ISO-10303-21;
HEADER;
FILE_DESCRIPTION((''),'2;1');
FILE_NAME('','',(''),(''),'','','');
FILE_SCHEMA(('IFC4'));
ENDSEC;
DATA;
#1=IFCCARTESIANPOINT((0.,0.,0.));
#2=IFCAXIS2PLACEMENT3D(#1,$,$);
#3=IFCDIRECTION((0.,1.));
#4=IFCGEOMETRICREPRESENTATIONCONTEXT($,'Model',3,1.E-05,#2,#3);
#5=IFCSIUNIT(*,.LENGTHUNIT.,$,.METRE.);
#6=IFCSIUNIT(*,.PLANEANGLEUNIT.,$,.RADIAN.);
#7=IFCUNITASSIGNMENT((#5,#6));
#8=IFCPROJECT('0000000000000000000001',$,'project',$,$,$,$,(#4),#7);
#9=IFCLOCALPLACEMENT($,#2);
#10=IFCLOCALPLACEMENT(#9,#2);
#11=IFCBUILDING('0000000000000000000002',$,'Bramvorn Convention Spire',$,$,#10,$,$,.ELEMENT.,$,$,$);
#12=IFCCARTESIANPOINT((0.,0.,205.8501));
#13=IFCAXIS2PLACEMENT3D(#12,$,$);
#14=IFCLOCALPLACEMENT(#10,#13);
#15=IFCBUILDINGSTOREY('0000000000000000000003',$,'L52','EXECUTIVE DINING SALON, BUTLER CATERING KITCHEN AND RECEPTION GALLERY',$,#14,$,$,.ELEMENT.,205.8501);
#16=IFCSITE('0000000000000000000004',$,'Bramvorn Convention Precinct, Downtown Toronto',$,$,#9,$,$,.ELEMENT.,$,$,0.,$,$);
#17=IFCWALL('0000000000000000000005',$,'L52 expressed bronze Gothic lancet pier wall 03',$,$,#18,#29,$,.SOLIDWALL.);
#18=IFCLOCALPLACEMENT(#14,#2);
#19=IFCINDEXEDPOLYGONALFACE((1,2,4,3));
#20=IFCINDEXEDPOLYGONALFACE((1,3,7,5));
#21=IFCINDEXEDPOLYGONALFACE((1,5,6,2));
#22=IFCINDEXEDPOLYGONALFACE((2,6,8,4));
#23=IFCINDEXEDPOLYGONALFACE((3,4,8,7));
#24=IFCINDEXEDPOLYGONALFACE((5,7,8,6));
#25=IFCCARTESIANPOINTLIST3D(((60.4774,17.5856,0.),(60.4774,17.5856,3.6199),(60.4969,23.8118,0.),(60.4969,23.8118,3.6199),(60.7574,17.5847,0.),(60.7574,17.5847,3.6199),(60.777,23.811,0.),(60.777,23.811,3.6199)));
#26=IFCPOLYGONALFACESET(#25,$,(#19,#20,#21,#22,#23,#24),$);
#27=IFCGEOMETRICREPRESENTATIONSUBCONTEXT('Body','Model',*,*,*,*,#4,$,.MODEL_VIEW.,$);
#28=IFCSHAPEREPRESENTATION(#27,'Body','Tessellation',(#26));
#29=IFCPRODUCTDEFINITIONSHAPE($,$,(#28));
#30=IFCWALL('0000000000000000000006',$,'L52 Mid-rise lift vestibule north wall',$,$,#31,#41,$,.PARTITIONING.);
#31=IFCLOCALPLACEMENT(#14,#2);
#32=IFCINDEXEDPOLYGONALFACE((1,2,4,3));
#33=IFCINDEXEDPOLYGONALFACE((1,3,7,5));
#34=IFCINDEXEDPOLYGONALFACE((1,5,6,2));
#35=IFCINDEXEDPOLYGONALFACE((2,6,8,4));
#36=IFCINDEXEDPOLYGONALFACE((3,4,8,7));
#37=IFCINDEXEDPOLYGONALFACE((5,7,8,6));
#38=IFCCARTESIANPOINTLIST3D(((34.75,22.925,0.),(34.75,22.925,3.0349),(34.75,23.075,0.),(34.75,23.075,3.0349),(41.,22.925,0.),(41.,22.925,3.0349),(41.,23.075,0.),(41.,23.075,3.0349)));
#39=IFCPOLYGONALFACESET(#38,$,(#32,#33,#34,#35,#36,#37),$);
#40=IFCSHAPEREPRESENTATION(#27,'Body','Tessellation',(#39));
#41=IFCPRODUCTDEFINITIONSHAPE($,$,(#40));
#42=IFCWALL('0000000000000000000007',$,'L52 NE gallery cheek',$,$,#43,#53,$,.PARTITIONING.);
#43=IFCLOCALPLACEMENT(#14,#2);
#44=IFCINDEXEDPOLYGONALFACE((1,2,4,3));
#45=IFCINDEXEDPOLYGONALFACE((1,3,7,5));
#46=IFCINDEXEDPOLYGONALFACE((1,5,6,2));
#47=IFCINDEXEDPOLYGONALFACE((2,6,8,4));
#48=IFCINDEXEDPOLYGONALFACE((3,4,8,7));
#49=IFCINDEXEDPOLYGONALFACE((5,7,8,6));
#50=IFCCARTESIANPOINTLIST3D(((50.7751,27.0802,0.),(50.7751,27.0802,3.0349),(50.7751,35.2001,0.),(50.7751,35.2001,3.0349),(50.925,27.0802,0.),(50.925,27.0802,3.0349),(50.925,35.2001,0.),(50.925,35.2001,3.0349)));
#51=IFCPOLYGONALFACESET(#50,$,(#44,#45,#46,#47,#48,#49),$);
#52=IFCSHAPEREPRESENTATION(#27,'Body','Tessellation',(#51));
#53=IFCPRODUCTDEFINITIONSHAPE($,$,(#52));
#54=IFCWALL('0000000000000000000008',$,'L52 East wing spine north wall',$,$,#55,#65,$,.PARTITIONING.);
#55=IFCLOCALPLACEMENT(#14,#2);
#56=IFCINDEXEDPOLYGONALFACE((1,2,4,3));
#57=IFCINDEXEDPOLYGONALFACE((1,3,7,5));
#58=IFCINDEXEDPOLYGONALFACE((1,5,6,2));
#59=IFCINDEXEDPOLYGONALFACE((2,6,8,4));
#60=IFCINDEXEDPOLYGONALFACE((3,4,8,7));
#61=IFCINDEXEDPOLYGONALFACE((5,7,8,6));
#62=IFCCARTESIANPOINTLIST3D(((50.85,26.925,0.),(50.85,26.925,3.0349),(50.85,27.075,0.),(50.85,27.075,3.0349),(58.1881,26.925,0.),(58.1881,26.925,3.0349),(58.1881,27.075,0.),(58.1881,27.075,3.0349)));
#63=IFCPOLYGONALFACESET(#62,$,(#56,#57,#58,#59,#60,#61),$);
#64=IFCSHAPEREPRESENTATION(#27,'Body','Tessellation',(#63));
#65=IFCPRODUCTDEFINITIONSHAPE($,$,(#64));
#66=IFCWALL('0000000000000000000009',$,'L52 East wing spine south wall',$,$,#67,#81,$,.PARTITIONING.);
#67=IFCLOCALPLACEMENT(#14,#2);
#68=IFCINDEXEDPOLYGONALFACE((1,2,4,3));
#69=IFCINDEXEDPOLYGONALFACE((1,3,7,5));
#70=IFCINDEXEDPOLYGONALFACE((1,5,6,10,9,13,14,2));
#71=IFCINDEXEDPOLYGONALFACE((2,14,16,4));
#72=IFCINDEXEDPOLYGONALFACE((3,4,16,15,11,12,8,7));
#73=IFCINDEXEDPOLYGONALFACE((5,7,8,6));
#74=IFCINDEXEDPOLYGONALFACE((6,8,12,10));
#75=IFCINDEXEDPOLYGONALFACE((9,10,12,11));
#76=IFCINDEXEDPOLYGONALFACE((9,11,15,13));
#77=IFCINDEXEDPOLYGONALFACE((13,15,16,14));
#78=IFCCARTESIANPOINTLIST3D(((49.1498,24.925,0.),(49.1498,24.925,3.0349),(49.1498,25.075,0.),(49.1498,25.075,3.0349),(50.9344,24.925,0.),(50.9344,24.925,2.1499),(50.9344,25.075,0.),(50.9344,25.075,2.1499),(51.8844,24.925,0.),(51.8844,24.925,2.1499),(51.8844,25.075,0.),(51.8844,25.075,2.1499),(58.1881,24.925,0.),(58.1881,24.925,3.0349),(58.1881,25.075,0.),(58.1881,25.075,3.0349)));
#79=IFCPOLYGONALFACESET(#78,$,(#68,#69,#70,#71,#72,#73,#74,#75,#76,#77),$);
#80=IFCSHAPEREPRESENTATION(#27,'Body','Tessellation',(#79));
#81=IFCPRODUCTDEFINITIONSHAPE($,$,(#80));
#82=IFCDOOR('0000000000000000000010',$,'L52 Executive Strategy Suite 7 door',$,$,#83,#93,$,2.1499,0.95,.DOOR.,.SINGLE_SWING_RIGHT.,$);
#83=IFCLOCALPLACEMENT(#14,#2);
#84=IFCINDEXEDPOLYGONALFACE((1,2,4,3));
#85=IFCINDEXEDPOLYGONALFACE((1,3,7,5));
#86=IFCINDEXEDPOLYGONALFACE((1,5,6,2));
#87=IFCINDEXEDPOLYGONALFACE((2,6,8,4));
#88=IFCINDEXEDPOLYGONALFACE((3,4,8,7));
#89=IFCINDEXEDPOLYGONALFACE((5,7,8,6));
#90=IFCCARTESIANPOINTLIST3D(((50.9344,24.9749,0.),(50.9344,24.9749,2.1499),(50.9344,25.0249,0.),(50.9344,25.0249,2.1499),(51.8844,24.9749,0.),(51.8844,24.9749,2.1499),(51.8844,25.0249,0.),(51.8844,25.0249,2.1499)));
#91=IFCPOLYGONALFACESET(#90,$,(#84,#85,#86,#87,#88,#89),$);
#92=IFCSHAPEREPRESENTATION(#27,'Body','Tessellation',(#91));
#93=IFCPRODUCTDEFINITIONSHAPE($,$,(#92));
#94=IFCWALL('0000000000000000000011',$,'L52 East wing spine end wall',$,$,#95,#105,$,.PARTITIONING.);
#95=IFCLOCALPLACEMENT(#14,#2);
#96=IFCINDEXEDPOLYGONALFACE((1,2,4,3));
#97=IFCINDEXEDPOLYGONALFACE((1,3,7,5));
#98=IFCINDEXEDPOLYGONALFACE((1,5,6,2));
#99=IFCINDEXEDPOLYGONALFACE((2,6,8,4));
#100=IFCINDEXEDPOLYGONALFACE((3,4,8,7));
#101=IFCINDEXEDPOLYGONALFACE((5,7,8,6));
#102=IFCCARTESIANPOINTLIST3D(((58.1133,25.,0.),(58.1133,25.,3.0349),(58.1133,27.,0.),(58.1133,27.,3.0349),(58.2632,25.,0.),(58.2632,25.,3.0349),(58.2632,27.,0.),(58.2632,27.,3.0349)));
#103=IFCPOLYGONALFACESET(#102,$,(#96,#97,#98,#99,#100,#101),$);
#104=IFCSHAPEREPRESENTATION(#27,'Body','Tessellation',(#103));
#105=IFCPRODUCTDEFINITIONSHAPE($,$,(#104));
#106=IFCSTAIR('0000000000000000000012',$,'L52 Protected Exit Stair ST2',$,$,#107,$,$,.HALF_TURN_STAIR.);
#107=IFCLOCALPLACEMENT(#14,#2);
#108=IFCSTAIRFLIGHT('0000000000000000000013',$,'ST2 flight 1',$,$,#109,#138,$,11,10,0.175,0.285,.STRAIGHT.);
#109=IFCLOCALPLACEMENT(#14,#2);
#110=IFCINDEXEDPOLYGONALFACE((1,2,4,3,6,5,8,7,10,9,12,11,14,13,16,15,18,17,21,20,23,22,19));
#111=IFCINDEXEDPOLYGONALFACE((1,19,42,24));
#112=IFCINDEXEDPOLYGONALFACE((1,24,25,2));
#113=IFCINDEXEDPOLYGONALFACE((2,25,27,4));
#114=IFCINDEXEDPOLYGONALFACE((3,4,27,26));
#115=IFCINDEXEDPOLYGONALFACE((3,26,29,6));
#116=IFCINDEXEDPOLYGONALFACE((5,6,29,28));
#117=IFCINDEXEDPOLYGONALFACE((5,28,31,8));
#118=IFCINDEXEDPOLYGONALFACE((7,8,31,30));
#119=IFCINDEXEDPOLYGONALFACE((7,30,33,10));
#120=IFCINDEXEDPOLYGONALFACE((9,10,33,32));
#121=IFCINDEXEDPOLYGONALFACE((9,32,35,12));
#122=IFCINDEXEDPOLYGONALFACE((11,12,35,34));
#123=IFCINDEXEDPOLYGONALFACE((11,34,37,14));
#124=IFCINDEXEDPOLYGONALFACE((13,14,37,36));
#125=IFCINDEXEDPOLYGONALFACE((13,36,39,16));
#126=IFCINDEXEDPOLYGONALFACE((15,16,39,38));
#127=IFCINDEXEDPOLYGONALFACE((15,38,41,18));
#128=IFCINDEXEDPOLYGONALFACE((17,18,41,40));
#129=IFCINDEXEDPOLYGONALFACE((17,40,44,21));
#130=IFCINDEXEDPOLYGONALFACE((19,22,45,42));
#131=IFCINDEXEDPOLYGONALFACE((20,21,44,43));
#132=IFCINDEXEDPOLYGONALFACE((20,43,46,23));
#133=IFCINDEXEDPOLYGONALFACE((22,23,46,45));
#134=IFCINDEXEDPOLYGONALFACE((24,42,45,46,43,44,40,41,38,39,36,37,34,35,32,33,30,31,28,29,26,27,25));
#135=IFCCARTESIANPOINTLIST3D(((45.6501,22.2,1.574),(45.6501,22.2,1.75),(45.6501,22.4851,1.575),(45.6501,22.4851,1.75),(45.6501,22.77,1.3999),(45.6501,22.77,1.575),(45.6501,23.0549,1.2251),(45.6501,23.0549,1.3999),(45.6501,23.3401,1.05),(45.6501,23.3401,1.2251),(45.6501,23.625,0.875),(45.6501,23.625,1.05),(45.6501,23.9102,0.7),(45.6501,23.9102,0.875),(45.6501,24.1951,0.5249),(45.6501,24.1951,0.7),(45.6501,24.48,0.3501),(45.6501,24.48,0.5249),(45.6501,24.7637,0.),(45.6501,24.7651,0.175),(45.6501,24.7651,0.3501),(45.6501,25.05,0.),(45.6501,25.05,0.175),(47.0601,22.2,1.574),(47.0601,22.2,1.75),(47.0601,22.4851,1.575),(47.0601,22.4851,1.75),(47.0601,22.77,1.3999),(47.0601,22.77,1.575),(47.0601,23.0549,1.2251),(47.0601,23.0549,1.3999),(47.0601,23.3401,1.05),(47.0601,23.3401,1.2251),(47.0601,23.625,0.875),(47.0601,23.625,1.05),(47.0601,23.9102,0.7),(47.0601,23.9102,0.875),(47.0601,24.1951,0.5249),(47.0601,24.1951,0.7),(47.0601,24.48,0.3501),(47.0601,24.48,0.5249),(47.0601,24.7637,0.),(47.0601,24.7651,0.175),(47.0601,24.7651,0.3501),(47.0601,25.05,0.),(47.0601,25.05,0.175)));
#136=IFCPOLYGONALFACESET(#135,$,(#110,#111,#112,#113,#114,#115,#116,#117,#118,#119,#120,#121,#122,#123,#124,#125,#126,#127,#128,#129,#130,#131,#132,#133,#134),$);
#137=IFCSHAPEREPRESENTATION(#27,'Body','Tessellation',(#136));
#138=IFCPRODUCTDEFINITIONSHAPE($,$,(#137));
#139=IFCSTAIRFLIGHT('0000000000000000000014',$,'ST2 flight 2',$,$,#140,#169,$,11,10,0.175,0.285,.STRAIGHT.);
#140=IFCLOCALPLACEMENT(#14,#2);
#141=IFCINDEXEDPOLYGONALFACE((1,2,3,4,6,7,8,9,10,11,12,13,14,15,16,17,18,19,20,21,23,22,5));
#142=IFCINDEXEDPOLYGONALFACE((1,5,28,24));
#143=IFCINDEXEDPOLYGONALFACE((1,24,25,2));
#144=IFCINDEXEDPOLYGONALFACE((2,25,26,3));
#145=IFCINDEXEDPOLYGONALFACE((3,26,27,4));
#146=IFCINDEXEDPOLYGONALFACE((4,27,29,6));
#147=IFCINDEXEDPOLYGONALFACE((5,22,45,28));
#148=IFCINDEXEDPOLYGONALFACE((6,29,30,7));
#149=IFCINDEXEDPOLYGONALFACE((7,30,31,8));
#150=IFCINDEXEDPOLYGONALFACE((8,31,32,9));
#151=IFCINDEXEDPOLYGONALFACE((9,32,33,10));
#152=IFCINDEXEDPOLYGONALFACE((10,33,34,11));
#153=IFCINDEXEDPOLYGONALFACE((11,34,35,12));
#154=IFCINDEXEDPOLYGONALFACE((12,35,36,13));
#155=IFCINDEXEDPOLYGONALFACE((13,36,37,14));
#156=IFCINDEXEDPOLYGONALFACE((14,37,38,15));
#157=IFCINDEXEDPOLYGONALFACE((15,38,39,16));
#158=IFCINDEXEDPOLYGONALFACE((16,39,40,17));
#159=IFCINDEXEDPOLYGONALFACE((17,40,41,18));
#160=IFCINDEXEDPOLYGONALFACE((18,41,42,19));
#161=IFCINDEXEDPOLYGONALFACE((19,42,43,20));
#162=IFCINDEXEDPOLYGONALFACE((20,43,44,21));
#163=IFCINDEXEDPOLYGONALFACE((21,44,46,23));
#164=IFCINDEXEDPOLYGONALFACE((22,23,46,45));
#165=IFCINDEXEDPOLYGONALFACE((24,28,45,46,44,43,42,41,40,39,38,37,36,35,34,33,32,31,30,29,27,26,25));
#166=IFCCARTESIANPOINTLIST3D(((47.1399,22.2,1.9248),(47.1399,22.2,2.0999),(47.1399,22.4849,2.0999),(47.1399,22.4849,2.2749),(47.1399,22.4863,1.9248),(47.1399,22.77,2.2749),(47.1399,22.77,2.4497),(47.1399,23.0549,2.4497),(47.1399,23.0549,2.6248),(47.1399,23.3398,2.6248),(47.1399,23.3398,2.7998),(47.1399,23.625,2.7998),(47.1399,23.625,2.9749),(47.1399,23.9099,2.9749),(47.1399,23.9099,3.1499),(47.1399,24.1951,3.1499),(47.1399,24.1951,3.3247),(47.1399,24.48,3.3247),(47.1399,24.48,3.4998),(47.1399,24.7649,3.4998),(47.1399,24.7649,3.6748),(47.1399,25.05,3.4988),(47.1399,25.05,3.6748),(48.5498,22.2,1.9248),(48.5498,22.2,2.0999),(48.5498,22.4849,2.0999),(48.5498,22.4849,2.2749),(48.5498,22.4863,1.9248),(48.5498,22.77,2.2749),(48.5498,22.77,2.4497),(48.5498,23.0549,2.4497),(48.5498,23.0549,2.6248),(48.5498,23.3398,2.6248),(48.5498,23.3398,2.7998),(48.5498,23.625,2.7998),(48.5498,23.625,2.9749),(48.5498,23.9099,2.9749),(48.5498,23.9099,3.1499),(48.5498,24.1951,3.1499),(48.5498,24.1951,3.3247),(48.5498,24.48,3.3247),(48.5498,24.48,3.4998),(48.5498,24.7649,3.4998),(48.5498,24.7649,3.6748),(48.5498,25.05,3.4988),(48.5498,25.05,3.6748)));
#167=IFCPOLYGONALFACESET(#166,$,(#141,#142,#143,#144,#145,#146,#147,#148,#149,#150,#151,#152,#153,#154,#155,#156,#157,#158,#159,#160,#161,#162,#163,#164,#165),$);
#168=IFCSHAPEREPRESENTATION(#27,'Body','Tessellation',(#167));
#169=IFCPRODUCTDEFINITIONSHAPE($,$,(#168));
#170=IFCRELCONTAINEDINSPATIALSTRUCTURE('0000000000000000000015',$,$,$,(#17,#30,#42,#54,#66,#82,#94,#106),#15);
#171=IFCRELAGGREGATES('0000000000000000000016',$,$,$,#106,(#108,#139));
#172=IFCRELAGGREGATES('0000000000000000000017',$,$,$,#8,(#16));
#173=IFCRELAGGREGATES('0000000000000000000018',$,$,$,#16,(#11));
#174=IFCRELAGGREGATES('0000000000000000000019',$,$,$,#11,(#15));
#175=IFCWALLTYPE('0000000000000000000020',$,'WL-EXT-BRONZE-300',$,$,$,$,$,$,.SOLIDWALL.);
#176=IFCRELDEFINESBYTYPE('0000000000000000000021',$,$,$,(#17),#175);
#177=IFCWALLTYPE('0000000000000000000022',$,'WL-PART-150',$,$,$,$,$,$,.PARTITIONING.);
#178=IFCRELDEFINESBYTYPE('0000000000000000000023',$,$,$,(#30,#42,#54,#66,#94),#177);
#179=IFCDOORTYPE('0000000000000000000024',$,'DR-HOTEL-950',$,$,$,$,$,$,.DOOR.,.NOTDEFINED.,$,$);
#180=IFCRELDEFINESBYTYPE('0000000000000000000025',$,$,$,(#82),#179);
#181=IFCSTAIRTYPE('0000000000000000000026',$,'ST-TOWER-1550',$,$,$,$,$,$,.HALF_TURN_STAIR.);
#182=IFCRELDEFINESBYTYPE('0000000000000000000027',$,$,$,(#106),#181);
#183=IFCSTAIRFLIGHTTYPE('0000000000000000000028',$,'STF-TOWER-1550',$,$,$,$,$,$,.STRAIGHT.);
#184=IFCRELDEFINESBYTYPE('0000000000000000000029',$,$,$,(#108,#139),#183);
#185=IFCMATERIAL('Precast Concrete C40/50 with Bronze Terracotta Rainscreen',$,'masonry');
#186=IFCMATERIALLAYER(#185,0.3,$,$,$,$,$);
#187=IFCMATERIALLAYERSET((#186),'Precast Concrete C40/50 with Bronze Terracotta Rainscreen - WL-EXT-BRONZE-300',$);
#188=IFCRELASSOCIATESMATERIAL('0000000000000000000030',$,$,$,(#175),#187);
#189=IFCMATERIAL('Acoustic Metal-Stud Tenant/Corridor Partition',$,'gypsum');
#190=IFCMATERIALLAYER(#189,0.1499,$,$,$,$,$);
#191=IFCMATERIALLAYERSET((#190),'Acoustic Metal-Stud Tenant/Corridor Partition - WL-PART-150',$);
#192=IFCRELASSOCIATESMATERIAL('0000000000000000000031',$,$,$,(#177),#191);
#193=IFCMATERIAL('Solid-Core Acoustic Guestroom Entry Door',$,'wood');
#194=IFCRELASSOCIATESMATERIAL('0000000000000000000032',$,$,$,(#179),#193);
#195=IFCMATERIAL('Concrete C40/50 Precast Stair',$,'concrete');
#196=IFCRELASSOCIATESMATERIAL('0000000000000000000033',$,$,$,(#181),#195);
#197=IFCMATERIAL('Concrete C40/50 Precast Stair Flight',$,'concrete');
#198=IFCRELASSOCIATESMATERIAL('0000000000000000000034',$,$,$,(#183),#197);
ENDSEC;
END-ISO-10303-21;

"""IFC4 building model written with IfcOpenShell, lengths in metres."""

from ifc_helpers import new_model, si_unit, direction, frame, frame_2d, origin, place, context, subcontext, project, spatial, polyline, rectangle, outline, extrude, material, layer, layer_set, type_object, element, fill, aggregate, save


model = new_model("IFC4")

# Units and contexts
model_context = context("Model", 3, precision=1e-05, world=origin(), true_north=direction((0.0, 1.0)))
body_context = subcontext(model_context, "Body", "Model", "MODEL_VIEW")
ifc_project = project(units=[si_unit("LENGTHUNIT", "METRE"), si_unit("PLANEANGLEUNIT", "RADIAN")], contexts=[model_context])

# Site, building, storey
site_placement = place(None, origin())
site = spatial("IfcSite", under=ifc_project, at=site_placement, Name="Bramvorn Convention Precinct, Downtown Toronto", CompositionType="ELEMENT", RefElevation=0.0)
building_placement = place(site_placement, origin())
building = spatial("IfcBuilding", under=site, at=building_placement, Name="Bramvorn Convention Spire", CompositionType="ELEMENT")
storey_placement = place(building_placement, frame((0.0, 0.0, 205.8501)))
storey = spatial("IfcBuildingStorey", under=building, at=storey_placement, Name="L52", Description="EXECUTIVE DINING SALON, BUTLER CATERING KITCHEN AND RECEPTION GALLERY", CompositionType="ELEMENT", Elevation=205.8501)

# Walls
ifc_material_1 = material(Name="Precast Concrete C40/50 with Bronze Terracotta Rainscreen", Category="masonry")
ifc_layer_1 = layer(ifc_material_1, 0.3)
ifc_layer_set_1 = layer_set([ifc_layer_1], Name="Precast Concrete C40/50 with Bronze Terracotta Rainscreen - WL-EXT-BRONZE-300")
wall_type_1 = type_object("IfcWallType", Name="WL-EXT-BRONZE-300", PredefinedType="SOLIDWALL", material=ifc_layer_set_1)
wall_1_placement = place(storey_placement, frame((60.637, 23.8115, 0.0), z_axis=(0.0, 0.0, 1.0), x_axis=(-0.003137, -0.999995, 0.0)))
element("IfcWall", 1, at=wall_1_placement, inside=storey, type_object=wall_type_1, Name="L52 expressed bronze Gothic lancet pier wall 03", PredefinedType="SOLIDWALL", context=body_context, shape_type="SweptSolid", body=[
    extrude(rectangle(XDim=6.2263, YDim=0.28, at=frame_2d((3.1133, 0.0))), origin(), (0.0, 0.0, 1.0), 3.6199),
])
ifc_material_2 = material(Name="Acoustic Metal-Stud Tenant/Corridor Partition", Category="gypsum")
ifc_layer_2 = layer(ifc_material_2, 0.1499)
ifc_layer_set_2 = layer_set([ifc_layer_2], Name="Acoustic Metal-Stud Tenant/Corridor Partition - WL-PART-150")
wall_type_2 = type_object("IfcWallType", Name="WL-PART-150", PredefinedType="PARTITIONING", material=ifc_layer_set_2)
wall_2_placement = place(storey_placement, frame((34.75, 23.0, 0.0), z_axis=(0.0, 0.0, 1.0), x_axis=(1.0, 0.0, 0.0)))
element("IfcWall", 2, at=wall_2_placement, inside=storey, type_object=wall_type_2, Name="L52 Mid-rise lift vestibule north wall", PredefinedType="PARTITIONING", context=body_context, shape_type="SweptSolid", body=[
    extrude(rectangle(XDim=6.25, YDim=0.1499, at=frame_2d((3.125, 0.0))), origin(), (0.0, 0.0, 1.0), 3.0349),
])
wall_3_placement = place(storey_placement, frame((50.8501, 27.0801, 0.0), z_axis=(0.0, 0.0, 1.0), x_axis=(0.0, 1.0, 0.0)))
element("IfcWall", 3, at=wall_3_placement, inside=storey, type_object=wall_type_2, Name="L52 NE gallery cheek", PredefinedType="PARTITIONING", context=body_context, shape_type="SweptSolid", body=[
    extrude(rectangle(XDim=8.1199, YDim=0.1499, at=frame_2d((4.0601, 0.0))), origin(), (0.0, 0.0, 1.0), 3.0349),
])
wall_4_placement = place(storey_placement, frame((50.8501, 27.0, 0.0), z_axis=(0.0, 0.0, 1.0), x_axis=(1.0, 0.0, 0.0)))
element("IfcWall", 4, at=wall_4_placement, inside=storey, type_object=wall_type_2, Name="L52 East wing spine north wall", PredefinedType="PARTITIONING", context=body_context, shape_type="SweptSolid", body=[
    extrude(rectangle(XDim=7.3381, YDim=0.1499, at=frame_2d((3.6689, 0.0))), origin(), (0.0, 0.0, 1.0), 3.0349),
])

# Wall, opening, door
wall_5_placement = place(storey_placement, frame((49.1499, 25.0, 0.0), z_axis=(0.0, 0.0, 1.0), x_axis=(1.0, 0.0, 0.0)))
wall_5 = element("IfcWall", 5, at=wall_5_placement, inside=storey, type_object=wall_type_2, Name="L52 East wing spine south wall", PredefinedType="PARTITIONING", context=body_context, shape_type="SweptSolid", body=[
    extrude(rectangle(XDim=9.0383, YDim=0.1499, at=frame_2d((4.519, 0.0))), origin(), (0.0, 0.0, 1.0), 3.0349),
])
opening_1_placement = place(wall_5_placement, frame((1.7844, 0.0, 0.0)))
opening_1 = element("IfcOpeningElement", 6, at=opening_1_placement, cuts=wall_5, PredefinedType="OPENING", context=body_context, shape_type="SweptSolid", body=[
    extrude(rectangle(XDim=0.95, YDim=2.1499, at=frame_2d((0.4751, 1.075))), frame((0.0, 0.085, 0.0), z_axis=(0.0, -1.0, 0.0), x_axis=(1.0, 0.0, 0.0)), (0.0, 0.0, 1.0), 0.1699),
])
ifc_material_3 = material(Name="Solid-Core Acoustic Guestroom Entry Door", Category="wood")
door_type_1 = type_object("IfcDoorType", Name="DR-HOTEL-950", OperationType="NOTDEFINED", PredefinedType="DOOR", material=ifc_material_3)
door_1_placement = place(opening_1_placement, origin())
door_1 = element("IfcDoor", 7, at=door_1_placement, inside=storey, type_object=door_type_1, Name="L52 Executive Strategy Suite 7 door", OperationType="SINGLE_SWING_RIGHT", OverallHeight=2.1499, OverallWidth=0.95, PredefinedType="DOOR", context=body_context, shape_type="SweptSolid", body=[
    extrude(rectangle(XDim=0.95, YDim=2.1499, at=frame_2d((0.4751, 1.075))), frame((0.0, 0.0249, 0.0), z_axis=(0.0, -1.0, 0.0), x_axis=(1.0, 0.0, 0.0)), (0.0, 0.0, 1.0), 0.05),
])
fill(opening_1, door_1)

# Wall
wall_6_placement = place(storey_placement, frame((58.1882, 25.0, 0.0), z_axis=(0.0, 0.0, 1.0), x_axis=(0.0, 1.0, 0.0)))
element("IfcWall", 8, at=wall_6_placement, inside=storey, type_object=wall_type_2, Name="L52 East wing spine end wall", PredefinedType="PARTITIONING", context=body_context, shape_type="SweptSolid", body=[
    extrude(rectangle(XDim=2.0, YDim=0.1499, at=frame_2d((1.0, 0.0))), origin(), (0.0, 0.0, 1.0), 3.0349),
])

# Stair, stair flights
ifc_material_4 = material(Name="Concrete C40/50 Precast Stair", Category="concrete")
stair_type = type_object("IfcStairType", Name="ST-TOWER-1550", PredefinedType="HALF_TURN_STAIR", material=ifc_material_4)
stair_placement = place(storey_placement, origin())
stair = element("IfcStair", 9, at=stair_placement, inside=storey, type_object=stair_type, Name="L52 Protected Exit Stair ST2", PredefinedType="HALF_TURN_STAIR")
ifc_material_5 = material(Name="Concrete C40/50 Precast Stair Flight", Category="concrete")
stair_flight_type = type_object("IfcStairFlightType", Name="STF-TOWER-1550", PredefinedType="STRAIGHT", material=ifc_material_5)
stair_flight_1_placement = place(storey_placement, frame((46.355, 25.05, 0.0), z_axis=(0.0, 0.0, 1.0), x_axis=(0.0, -1.0, 0.0)))
stair_flight_1 = element("IfcStairFlight", 10, at=stair_flight_1_placement, type_object=stair_flight_type, Name="ST2 flight 1", NumberOfRisers=11, NumberOfTreads=10, PredefinedType="STRAIGHT", RiserHeight=0.175, TreadLength=0.285, context=body_context, shape_type="SweptSolid", body=[
    extrude(outline(polyline([(0.0, 0.0), (0.0, 0.175), (0.2849, 0.175), (0.2849, 0.3501), (0.5701, 0.3501), (0.5701, 0.5249), (0.855, 0.5249), (0.855, 0.7), (1.1399, 0.7), (1.1399, 0.875), (1.425, 0.875), (1.425, 1.05), (1.71, 1.05), (1.71, 1.2251), (1.9951, 1.2251), (1.9951, 1.3999), (2.28, 1.3999), (2.28, 1.575), (2.5649, 1.575), (2.5649, 1.75), (2.8501, 1.75), (2.8501, 1.925), (2.8501, 1.574), (0.2864, 0.0), (0.0, 0.0)])), frame((0.0, 0.7051, 0.0), z_axis=(0.0, -1.0, 0.0), x_axis=(1.0, 0.0, 0.0)), (0.0, 0.0, 1.0), 1.4099),
])
stair_flight_2_placement = place(storey_placement, frame((47.845, 22.2, 1.9248), z_axis=(0.0, 0.0, 1.0), x_axis=(0.0, 1.0, 0.0)))
stair_flight_2 = element("IfcStairFlight", 11, at=stair_flight_2_placement, type_object=stair_flight_type, Name="ST2 flight 2", NumberOfRisers=11, NumberOfTreads=10, PredefinedType="STRAIGHT", RiserHeight=0.175, TreadLength=0.285, context=body_context, shape_type="SweptSolid", body=[
    extrude(outline(polyline([(0.0, 0.0), (0.0, 0.175), (0.2849, 0.175), (0.2849, 0.3501), (0.5701, 0.3501), (0.5701, 0.5249), (0.855, 0.5249), (0.855, 0.7), (1.1399, 0.7), (1.1399, 0.875), (1.425, 0.875), (1.425, 1.05), (1.71, 1.05), (1.71, 1.2251), (1.9951, 1.2251), (1.9951, 1.3999), (2.28, 1.3999), (2.28, 1.575), (2.5649, 1.575), (2.5649, 1.75), (2.8501, 1.75), (2.8501, 1.925), (2.8501, 1.574), (0.2864, 0.0), (0.0, 0.0)])), frame((0.0, 0.7051, 0.0), z_axis=(0.0, -1.0, 0.0), x_axis=(1.0, 0.0, 0.0)), (0.0, 0.0, 1.0), 1.4099),
])
aggregate(stair, [stair_flight_1, stair_flight_2])

save(model, "model.ifc")
